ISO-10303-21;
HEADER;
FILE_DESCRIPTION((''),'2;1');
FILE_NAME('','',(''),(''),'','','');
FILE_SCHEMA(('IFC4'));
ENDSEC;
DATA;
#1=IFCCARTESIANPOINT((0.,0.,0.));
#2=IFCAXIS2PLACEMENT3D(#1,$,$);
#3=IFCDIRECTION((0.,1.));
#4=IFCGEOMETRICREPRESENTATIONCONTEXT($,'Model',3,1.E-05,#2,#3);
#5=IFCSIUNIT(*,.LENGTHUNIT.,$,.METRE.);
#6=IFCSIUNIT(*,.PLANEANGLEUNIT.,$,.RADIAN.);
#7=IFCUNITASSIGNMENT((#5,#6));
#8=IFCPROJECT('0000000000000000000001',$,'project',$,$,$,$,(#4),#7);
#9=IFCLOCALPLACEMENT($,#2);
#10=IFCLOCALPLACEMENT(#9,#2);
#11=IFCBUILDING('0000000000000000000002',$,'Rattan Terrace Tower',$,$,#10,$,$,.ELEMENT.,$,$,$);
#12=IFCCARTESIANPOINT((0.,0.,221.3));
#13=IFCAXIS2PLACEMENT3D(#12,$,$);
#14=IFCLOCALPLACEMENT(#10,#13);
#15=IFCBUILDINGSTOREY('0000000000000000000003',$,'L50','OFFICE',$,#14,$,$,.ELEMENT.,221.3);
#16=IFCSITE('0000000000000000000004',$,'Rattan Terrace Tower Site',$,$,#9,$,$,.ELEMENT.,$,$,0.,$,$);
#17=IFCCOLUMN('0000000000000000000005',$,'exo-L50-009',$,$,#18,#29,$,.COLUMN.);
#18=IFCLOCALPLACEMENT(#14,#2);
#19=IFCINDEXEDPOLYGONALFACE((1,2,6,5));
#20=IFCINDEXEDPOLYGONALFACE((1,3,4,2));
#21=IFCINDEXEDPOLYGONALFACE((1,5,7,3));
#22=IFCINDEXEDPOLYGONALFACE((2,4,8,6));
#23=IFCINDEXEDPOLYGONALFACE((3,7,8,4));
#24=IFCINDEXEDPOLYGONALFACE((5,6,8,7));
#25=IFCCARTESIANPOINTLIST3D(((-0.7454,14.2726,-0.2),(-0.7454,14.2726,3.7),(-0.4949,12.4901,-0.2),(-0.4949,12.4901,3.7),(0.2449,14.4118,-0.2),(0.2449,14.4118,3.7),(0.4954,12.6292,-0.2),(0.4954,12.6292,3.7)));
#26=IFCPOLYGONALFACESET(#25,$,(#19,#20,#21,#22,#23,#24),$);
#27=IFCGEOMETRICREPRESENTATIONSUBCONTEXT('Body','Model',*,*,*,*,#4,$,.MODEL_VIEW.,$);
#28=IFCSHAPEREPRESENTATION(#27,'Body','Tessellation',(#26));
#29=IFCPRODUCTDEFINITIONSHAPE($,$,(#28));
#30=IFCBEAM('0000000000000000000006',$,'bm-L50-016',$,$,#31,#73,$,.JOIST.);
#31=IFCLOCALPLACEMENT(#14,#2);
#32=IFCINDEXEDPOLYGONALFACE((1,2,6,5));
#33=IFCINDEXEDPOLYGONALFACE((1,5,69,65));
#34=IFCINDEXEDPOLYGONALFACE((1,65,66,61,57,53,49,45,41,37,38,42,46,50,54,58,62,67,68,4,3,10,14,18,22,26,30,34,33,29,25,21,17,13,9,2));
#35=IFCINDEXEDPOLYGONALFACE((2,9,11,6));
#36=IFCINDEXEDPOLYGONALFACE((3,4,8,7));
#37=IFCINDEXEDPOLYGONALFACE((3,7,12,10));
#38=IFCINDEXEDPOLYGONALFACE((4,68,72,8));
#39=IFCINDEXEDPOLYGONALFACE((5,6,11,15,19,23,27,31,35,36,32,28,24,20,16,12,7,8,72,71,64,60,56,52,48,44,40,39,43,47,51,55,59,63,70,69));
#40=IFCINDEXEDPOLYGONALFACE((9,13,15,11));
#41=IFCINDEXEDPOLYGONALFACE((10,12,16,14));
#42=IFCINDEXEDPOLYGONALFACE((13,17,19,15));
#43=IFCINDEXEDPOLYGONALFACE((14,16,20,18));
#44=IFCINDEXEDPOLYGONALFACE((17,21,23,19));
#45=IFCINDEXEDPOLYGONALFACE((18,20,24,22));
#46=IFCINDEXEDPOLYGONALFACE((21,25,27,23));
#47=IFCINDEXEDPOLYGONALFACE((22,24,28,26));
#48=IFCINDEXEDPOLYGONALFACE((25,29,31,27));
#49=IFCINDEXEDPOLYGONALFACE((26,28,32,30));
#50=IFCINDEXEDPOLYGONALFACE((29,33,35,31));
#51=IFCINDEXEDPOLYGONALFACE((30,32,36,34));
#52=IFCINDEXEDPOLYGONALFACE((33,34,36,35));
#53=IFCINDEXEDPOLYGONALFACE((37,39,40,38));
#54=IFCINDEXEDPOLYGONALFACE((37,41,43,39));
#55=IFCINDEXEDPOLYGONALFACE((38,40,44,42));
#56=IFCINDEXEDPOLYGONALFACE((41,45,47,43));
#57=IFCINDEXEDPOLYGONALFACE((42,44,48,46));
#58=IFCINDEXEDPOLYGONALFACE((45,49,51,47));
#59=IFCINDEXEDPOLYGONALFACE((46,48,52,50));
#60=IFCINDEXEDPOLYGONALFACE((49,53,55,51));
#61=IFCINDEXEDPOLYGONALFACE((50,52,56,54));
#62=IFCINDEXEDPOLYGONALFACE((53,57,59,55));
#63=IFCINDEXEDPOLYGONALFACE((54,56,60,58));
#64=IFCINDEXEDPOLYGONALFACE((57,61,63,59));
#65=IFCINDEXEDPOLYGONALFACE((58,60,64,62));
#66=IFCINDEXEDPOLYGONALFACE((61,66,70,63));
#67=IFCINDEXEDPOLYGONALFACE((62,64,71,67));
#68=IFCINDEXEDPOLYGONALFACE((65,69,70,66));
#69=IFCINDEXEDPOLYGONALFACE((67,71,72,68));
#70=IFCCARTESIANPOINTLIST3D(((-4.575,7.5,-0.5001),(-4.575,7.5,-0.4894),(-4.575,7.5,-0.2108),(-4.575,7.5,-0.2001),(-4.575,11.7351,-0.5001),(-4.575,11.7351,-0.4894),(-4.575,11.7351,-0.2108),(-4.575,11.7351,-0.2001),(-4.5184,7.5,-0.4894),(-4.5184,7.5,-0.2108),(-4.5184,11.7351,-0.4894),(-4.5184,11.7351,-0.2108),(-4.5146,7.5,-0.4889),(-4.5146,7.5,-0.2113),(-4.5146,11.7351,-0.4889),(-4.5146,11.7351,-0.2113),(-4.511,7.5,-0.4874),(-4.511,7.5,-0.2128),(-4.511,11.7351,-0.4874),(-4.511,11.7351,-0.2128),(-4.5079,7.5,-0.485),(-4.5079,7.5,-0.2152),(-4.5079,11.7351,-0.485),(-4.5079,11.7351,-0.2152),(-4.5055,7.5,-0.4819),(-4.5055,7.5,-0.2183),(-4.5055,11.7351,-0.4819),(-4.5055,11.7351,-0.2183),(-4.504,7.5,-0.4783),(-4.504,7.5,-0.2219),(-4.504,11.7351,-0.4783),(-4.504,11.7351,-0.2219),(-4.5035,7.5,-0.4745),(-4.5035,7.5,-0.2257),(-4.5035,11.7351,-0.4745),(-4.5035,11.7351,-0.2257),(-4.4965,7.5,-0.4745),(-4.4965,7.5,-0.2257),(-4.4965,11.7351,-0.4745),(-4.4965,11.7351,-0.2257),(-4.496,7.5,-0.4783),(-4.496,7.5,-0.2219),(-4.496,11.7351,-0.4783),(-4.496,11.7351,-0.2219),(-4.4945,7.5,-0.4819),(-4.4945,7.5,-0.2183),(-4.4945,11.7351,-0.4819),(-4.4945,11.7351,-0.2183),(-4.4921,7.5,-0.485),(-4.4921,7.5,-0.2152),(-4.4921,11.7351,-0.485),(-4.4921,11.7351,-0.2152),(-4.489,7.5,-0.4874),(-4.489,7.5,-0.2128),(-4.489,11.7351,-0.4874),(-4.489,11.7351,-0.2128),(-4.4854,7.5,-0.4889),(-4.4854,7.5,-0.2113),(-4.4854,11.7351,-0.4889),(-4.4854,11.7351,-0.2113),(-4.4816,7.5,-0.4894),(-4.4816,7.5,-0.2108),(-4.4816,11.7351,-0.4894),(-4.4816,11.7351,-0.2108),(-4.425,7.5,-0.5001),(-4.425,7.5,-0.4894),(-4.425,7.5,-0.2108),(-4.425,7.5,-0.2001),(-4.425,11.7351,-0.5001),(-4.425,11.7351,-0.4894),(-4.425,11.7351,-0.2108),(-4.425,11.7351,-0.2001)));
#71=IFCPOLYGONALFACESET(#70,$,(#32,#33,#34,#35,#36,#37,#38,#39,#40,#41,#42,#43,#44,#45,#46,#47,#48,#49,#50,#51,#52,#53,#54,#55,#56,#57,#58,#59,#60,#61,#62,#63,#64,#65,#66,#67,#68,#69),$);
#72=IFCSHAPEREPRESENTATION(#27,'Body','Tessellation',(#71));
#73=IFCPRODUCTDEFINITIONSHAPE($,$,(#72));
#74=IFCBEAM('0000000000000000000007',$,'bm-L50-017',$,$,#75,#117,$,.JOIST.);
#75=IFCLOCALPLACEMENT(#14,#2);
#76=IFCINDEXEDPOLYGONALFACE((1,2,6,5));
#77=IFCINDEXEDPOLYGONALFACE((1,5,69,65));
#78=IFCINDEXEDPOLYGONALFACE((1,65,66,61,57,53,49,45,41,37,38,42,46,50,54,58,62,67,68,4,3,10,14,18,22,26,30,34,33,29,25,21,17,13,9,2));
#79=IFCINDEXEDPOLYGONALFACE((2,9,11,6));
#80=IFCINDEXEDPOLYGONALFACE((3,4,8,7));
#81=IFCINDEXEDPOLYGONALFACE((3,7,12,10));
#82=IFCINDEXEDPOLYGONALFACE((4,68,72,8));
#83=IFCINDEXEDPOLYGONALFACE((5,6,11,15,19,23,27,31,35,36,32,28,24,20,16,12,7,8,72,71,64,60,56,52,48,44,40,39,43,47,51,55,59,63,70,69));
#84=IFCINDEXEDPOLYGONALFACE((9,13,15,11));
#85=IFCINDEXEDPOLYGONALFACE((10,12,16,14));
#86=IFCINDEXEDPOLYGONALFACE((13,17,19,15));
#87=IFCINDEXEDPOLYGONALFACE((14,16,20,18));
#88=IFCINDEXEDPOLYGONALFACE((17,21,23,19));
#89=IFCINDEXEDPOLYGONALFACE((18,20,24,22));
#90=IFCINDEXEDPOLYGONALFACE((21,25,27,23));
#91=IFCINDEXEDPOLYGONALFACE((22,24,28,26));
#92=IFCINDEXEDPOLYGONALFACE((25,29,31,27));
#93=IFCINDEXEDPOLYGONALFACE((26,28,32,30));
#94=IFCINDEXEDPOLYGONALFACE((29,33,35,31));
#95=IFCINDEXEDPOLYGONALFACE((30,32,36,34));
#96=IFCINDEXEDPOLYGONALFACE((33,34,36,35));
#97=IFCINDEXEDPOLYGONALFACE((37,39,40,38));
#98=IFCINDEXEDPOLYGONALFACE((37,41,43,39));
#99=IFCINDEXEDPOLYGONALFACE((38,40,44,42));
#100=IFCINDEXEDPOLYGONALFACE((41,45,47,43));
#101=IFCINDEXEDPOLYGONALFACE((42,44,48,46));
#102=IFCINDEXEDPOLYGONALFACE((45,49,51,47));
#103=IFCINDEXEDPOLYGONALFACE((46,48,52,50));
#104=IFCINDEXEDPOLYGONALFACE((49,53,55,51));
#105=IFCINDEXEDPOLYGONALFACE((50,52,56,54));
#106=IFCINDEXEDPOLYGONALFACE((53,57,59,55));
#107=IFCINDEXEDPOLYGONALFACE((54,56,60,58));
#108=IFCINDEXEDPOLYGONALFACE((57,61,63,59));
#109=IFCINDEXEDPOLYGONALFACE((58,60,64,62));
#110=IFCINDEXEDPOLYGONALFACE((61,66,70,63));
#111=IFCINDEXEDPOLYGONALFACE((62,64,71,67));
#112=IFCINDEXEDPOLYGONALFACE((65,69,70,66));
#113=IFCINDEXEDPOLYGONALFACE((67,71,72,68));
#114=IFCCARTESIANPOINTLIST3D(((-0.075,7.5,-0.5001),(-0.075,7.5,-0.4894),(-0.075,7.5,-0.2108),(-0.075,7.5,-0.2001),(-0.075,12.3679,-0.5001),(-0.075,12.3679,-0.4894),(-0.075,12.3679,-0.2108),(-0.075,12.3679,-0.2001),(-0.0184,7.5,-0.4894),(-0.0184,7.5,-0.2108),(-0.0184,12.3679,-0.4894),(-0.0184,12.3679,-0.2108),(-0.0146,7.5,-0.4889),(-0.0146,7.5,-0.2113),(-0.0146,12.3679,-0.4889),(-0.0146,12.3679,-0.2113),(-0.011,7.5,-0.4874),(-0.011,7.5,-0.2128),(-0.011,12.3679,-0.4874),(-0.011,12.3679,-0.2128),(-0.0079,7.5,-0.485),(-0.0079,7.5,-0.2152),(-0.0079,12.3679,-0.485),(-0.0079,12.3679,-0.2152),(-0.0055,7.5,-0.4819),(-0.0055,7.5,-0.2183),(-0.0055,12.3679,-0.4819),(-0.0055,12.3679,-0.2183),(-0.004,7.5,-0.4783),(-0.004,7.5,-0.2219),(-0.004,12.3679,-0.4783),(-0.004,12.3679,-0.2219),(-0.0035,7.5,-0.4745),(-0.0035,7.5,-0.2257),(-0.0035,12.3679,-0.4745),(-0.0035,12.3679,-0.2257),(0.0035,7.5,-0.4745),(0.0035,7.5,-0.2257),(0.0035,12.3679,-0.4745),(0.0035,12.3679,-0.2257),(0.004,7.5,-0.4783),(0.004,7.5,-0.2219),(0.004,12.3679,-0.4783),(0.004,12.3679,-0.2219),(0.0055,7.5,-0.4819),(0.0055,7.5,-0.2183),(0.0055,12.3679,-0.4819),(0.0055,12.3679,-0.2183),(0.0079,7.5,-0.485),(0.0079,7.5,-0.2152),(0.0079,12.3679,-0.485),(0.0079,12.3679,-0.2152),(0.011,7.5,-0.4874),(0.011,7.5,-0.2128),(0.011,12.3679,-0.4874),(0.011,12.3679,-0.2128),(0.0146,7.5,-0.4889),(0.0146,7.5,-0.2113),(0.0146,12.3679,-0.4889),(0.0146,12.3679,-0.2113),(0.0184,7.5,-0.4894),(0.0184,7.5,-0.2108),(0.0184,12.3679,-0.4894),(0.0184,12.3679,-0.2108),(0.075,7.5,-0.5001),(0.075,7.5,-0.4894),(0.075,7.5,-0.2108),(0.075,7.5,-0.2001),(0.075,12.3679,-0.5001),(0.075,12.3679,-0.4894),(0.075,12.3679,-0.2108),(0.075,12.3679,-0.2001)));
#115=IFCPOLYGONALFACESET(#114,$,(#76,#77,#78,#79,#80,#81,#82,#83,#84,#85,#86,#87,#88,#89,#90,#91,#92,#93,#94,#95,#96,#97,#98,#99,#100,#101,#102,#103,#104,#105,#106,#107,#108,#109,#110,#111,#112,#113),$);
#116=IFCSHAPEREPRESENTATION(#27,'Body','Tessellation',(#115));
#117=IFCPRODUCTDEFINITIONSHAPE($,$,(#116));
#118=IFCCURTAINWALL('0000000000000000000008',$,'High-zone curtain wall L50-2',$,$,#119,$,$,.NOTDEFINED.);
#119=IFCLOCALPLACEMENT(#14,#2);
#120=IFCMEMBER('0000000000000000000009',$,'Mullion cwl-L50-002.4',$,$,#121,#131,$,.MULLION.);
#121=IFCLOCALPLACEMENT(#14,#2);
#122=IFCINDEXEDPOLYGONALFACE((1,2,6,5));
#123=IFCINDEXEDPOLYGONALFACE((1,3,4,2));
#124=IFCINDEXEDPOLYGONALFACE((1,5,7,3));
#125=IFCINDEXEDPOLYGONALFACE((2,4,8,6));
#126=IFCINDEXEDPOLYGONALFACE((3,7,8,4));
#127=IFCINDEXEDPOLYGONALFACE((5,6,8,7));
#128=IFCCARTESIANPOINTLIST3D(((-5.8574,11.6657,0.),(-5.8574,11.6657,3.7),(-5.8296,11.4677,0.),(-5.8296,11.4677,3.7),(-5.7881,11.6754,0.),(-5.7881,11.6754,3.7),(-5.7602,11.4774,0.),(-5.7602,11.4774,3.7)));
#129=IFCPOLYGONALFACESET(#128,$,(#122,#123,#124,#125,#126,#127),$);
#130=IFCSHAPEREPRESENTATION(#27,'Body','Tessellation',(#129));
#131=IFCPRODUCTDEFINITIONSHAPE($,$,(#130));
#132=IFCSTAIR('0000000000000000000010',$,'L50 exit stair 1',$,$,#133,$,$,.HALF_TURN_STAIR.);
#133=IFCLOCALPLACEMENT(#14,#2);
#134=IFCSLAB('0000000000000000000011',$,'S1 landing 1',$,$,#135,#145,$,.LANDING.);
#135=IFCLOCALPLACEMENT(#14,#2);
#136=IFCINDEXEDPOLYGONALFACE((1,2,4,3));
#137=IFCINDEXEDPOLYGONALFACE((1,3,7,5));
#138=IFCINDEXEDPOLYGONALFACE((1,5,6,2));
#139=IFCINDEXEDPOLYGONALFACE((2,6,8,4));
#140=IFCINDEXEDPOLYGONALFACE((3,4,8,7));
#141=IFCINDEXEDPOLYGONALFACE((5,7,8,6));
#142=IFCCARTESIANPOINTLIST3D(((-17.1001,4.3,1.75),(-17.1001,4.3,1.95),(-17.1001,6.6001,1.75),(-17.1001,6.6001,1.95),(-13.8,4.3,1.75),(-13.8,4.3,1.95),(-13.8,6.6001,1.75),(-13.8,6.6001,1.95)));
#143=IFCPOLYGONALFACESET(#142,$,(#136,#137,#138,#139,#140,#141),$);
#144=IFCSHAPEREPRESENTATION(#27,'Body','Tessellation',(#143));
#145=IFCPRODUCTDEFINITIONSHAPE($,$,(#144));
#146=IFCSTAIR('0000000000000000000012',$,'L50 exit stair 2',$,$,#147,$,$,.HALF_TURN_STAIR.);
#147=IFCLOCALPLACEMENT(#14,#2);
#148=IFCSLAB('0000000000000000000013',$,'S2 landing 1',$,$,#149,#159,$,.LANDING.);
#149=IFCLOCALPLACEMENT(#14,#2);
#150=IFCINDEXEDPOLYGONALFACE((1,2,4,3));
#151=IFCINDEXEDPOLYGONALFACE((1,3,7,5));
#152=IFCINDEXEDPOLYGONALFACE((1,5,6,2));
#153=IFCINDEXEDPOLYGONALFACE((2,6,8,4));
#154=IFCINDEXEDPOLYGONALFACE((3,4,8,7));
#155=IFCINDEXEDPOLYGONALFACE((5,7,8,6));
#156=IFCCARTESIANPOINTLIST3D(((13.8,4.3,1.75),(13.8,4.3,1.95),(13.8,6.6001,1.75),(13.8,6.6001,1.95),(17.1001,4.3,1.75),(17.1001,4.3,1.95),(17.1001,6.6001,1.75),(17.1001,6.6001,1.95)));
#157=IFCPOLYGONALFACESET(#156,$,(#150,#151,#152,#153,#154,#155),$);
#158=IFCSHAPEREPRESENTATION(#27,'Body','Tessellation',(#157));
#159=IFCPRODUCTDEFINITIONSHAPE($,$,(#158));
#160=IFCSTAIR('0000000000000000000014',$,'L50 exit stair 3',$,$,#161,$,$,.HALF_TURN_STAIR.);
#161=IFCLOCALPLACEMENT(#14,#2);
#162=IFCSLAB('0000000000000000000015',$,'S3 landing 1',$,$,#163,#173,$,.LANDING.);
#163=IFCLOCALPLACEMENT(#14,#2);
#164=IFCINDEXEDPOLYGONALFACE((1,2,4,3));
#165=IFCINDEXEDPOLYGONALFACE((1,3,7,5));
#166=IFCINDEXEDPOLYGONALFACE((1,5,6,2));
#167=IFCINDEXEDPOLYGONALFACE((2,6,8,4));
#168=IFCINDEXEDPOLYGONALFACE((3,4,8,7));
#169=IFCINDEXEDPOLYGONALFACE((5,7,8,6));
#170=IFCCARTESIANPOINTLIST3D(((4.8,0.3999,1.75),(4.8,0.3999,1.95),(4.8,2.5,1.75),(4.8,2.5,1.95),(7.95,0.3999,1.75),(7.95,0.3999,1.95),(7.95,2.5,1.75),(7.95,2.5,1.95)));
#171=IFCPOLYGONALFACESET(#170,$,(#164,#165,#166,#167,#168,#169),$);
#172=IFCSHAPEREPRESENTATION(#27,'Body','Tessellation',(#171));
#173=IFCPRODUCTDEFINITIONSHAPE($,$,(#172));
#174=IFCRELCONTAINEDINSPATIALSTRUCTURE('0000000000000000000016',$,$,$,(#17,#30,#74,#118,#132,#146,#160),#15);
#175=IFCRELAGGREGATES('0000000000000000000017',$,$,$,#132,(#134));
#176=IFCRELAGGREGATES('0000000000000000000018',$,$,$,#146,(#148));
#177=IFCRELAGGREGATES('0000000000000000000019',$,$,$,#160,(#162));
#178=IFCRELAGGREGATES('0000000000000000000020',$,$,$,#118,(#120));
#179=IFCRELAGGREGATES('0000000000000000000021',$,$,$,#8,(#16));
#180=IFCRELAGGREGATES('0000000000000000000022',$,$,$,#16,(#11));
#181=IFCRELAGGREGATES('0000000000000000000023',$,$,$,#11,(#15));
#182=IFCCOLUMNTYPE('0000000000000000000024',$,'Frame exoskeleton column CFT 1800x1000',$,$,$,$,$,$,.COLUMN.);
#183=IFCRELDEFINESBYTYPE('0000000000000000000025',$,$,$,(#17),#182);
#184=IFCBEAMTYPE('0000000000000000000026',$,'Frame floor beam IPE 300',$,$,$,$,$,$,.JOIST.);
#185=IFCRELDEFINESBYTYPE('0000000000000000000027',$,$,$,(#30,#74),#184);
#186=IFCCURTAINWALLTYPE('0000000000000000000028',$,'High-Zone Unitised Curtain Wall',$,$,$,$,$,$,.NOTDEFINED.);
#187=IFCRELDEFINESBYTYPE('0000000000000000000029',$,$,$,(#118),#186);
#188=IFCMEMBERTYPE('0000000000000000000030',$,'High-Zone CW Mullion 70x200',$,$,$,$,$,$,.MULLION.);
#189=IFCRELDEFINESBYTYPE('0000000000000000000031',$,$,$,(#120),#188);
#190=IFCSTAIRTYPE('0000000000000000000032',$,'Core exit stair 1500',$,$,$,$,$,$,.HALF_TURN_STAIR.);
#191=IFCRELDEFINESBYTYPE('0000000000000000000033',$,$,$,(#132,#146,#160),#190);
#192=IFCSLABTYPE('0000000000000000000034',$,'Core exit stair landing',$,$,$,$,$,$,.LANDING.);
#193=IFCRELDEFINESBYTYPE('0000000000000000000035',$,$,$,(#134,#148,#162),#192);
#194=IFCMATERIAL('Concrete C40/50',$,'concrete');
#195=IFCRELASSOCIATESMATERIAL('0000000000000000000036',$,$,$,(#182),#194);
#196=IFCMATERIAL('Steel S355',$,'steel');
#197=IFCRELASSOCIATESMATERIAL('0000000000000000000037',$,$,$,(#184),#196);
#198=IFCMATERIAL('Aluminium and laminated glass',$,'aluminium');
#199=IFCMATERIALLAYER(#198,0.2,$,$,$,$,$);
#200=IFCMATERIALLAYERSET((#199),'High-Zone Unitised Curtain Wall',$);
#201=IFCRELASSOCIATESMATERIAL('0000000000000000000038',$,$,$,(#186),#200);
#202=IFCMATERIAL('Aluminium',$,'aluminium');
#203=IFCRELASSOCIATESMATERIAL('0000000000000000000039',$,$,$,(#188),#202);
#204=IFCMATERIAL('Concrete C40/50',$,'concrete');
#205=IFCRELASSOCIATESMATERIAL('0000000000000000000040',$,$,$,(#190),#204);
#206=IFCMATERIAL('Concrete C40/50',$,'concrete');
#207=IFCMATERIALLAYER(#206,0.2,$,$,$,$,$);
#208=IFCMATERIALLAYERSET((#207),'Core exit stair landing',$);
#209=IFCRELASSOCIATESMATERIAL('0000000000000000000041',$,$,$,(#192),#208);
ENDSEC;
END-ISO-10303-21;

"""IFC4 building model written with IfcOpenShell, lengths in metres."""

from ifc_helpers import new_model, si_unit, direction, frame, origin, origin_2d, place, context, subcontext, project, spatial, polyline, rectangle, i_section, outline, extrude, material, layer, layer_set, material_profile, profile_set, type_object, element, aggregate, save


model = new_model("IFC4")

# Units and contexts
model_context = context("Model", 3, precision=1e-05, world=origin(), true_north=direction((0.0, 1.0)))
body_context = subcontext(model_context, "Body", "Model", "MODEL_VIEW")
ifc_project = project(units=[si_unit("LENGTHUNIT", "METRE"), si_unit("PLANEANGLEUNIT", "RADIAN")], contexts=[model_context])

# Site, building, storey
site_placement = place(None, origin())
site = spatial("IfcSite", under=ifc_project, at=site_placement, Name="Rattan Terrace Tower Site", CompositionType="ELEMENT", RefElevation=0.0)
building_placement = place(site_placement, origin())
building = spatial("IfcBuilding", under=site, at=building_placement, Name="Rattan Terrace Tower", CompositionType="ELEMENT")
storey_placement = place(building_placement, frame((0.0, 0.0, 221.3)))
storey = spatial("IfcBuildingStorey", under=building, at=storey_placement, Name="L50", Description="OFFICE", CompositionType="ELEMENT", Elevation=221.3)

# Column
ifc_material_1 = material(Name="Concrete C40/50", Category="concrete")
ifc_material_profile_1 = material_profile(ifc_material_1, rectangle(XDim=1.0, YDim=1.8, at=origin_2d()), Name="CFT 1800x1000")
ifc_profile_set_1 = profile_set([ifc_material_profile_1], Name="Concrete C40/50")
column_type = type_object("IfcColumnType", Name="Frame exoskeleton column CFT 1800x1000", PredefinedType="COLUMN", material=ifc_profile_set_1)
column_placement = place(storey_placement, frame((-0.125, 13.4509, -0.2), z_axis=(0.0, 0.0, 1.0), x_axis=(0.990268, 0.139173, 0.0)))
element("IfcColumn", 1, at=column_placement, inside=storey, type_object=column_type, Name="exo-L50-009", PredefinedType="COLUMN", context=body_context, shape_type="SweptSolid", body=[
    extrude(rectangle(XDim=1.0, YDim=1.8, at=origin_2d()), origin(), (0.0, 0.0, 1.0), 3.8999),
])

# Beams
ifc_material_2 = material(Name="Steel S355", Category="steel")
ifc_material_profile_2 = material_profile(ifc_material_2, i_section(OverallWidth=0.1499, OverallDepth=0.3, WebThickness=0.0071, FlangeThickness=0.0107, FilletRadius=0.0149, at=origin_2d()), Name="IPE 300")
ifc_profile_set_2 = profile_set([ifc_material_profile_2], Name="Steel S355")
beam_type = type_object("IfcBeamType", Name="Frame floor beam IPE 300", PredefinedType="JOIST", material=ifc_profile_set_2)
beam_1_placement = place(storey_placement, frame((-4.5, 7.5, -0.3501), z_axis=(0.0, 1.0, 0.0), x_axis=(-1.0, 0.0, 0.0)))
element("IfcBeam", 2, at=beam_1_placement, inside=storey, type_object=beam_type, Name="bm-L50-016", PredefinedType="JOIST", context=body_context, shape_type="SweptSolid", body=[
    extrude(i_section(OverallWidth=0.1499, OverallDepth=0.3, WebThickness=0.0071, FlangeThickness=0.0107, FilletRadius=0.0149, at=origin_2d()), origin(), (0.0, 0.0, 1.0), 4.2351),
])
beam_2_placement = place(storey_placement, frame((0.0, 7.5, -0.3501), z_axis=(0.0, 1.0, 0.0), x_axis=(-1.0, 0.0, 0.0)))
element("IfcBeam", 3, at=beam_2_placement, inside=storey, type_object=beam_type, Name="bm-L50-017", PredefinedType="JOIST", context=body_context, shape_type="SweptSolid", body=[
    extrude(i_section(OverallWidth=0.1499, OverallDepth=0.3, WebThickness=0.0071, FlangeThickness=0.0107, FilletRadius=0.0149, at=origin_2d()), origin(), (0.0, 0.0, 1.0), 4.8679),
])

# Curtain wall, member
ifc_material_3 = material(Name="Aluminium and laminated glass", Category="aluminium")
ifc_layer_1 = layer(ifc_material_3, 0.2)
ifc_layer_set_1 = layer_set([ifc_layer_1], Name="High-Zone Unitised Curtain Wall")
curtain_wall_type = type_object("IfcCurtainWallType", Name="High-Zone Unitised Curtain Wall", PredefinedType="NOTDEFINED", material=ifc_layer_set_1)
curtain_wall_placement = place(storey_placement, origin())
curtain_wall = element("IfcCurtainWall", 4, at=curtain_wall_placement, inside=storey, type_object=curtain_wall_type, Name="High-zone curtain wall L50-2", PredefinedType="NOTDEFINED")
ifc_material_4 = material(Name="Aluminium", Category="aluminium")
ifc_material_profile_3 = material_profile(ifc_material_4, rectangle(XDim=0.0701, YDim=0.2, at=origin_2d()), Name="Aluminium 70x200")
ifc_profile_set_3 = profile_set([ifc_material_profile_3], Name="Aluminium")
member_type = type_object("IfcMemberType", Name="High-Zone CW Mullion 70x200", PredefinedType="MULLION", material=ifc_profile_set_3)
member_placement = place(storey_placement, frame((-5.8088, 11.5715, 0.0), z_axis=(0.0, 0.0, 1.0), x_axis=(-0.990267, -0.139177, 0.0)))
member = element("IfcMember", 5, at=member_placement, type_object=member_type, Name="Mullion cwl-L50-002.4", PredefinedType="MULLION", context=body_context, shape_type="SweptSolid", body=[
    extrude(rectangle(XDim=0.0701, YDim=0.2, at=origin_2d()), origin(), (0.0, 0.0, 1.0), 3.7),
])

# Stairs, slabs
ifc_material_5 = material(Name="Concrete C40/50", Category="concrete")
stair_type = type_object("IfcStairType", Name="Core exit stair 1500", PredefinedType="HALF_TURN_STAIR", material=ifc_material_5)
stair_1_placement = place(storey_placement, origin())
stair_1 = element("IfcStair", 6, at=stair_1_placement, inside=storey, type_object=stair_type, Name="L50 exit stair 1", PredefinedType="HALF_TURN_STAIR")
ifc_material_6 = material(Name="Concrete C40/50", Category="concrete")
ifc_layer_2 = layer(ifc_material_6, 0.2)
ifc_layer_set_2 = layer_set([ifc_layer_2], Name="Core exit stair landing")
slab_type_1 = type_object("IfcSlabType", Name="Core exit stair landing", PredefinedType="LANDING", material=ifc_layer_set_2)
slab_1_placement = place(storey_placement, frame((0.0, 0.0, 1.75)))
slab_1 = element("IfcSlab", 7, at=slab_1_placement, type_object=slab_type_1, Name="S1 landing 1", PredefinedType="LANDING", context=body_context, shape_type="SweptSolid", body=[
    extrude(outline(polyline([(-13.8, 4.3), (-13.8, 6.6001), (-17.1001, 6.6001), (-17.1001, 4.3), (-13.8, 4.3)])), origin(), (0.0, 0.0, 1.0), 0.2),
])
aggregate(stair_1, [slab_1])
stair_2_placement = place(storey_placement, origin())
stair_2 = element("IfcStair", 8, at=stair_2_placement, inside=storey, type_object=stair_type, Name="L50 exit stair 2", PredefinedType="HALF_TURN_STAIR")
slab_2_placement = place(storey_placement, frame((0.0, 0.0, 1.75)))
slab_2 = element("IfcSlab", 9, at=slab_2_placement, type_object=slab_type_1, Name="S2 landing 1", PredefinedType="LANDING", context=body_context, shape_type="SweptSolid", body=[
    extrude(outline(polyline([(17.1001, 4.3), (17.1001, 6.6001), (13.8, 6.6001), (13.8, 4.3), (17.1001, 4.3)])), origin(), (0.0, 0.0, 1.0), 0.2),
])
aggregate(stair_2, [slab_2])
stair_3_placement = place(storey_placement, origin())
stair_3 = element("IfcStair", 10, at=stair_3_placement, inside=storey, type_object=stair_type, Name="L50 exit stair 3", PredefinedType="HALF_TURN_STAIR")
slab_3_placement = place(storey_placement, frame((0.0, 0.0, 1.75)))
slab_3 = element("IfcSlab", 11, at=slab_3_placement, type_object=slab_type_1, Name="S3 landing 1", PredefinedType="LANDING", context=body_context, shape_type="SweptSolid", body=[
    extrude(outline(polyline([(4.8, 2.5), (4.8, 0.3999), (7.95, 0.3999), (7.95, 2.5), (4.8, 2.5)])), origin(), (0.0, 0.0, 1.0), 0.2),
])
aggregate(stair_3, [slab_3])

aggregate(curtain_wall, [member])

save(model, "model.ifc")
